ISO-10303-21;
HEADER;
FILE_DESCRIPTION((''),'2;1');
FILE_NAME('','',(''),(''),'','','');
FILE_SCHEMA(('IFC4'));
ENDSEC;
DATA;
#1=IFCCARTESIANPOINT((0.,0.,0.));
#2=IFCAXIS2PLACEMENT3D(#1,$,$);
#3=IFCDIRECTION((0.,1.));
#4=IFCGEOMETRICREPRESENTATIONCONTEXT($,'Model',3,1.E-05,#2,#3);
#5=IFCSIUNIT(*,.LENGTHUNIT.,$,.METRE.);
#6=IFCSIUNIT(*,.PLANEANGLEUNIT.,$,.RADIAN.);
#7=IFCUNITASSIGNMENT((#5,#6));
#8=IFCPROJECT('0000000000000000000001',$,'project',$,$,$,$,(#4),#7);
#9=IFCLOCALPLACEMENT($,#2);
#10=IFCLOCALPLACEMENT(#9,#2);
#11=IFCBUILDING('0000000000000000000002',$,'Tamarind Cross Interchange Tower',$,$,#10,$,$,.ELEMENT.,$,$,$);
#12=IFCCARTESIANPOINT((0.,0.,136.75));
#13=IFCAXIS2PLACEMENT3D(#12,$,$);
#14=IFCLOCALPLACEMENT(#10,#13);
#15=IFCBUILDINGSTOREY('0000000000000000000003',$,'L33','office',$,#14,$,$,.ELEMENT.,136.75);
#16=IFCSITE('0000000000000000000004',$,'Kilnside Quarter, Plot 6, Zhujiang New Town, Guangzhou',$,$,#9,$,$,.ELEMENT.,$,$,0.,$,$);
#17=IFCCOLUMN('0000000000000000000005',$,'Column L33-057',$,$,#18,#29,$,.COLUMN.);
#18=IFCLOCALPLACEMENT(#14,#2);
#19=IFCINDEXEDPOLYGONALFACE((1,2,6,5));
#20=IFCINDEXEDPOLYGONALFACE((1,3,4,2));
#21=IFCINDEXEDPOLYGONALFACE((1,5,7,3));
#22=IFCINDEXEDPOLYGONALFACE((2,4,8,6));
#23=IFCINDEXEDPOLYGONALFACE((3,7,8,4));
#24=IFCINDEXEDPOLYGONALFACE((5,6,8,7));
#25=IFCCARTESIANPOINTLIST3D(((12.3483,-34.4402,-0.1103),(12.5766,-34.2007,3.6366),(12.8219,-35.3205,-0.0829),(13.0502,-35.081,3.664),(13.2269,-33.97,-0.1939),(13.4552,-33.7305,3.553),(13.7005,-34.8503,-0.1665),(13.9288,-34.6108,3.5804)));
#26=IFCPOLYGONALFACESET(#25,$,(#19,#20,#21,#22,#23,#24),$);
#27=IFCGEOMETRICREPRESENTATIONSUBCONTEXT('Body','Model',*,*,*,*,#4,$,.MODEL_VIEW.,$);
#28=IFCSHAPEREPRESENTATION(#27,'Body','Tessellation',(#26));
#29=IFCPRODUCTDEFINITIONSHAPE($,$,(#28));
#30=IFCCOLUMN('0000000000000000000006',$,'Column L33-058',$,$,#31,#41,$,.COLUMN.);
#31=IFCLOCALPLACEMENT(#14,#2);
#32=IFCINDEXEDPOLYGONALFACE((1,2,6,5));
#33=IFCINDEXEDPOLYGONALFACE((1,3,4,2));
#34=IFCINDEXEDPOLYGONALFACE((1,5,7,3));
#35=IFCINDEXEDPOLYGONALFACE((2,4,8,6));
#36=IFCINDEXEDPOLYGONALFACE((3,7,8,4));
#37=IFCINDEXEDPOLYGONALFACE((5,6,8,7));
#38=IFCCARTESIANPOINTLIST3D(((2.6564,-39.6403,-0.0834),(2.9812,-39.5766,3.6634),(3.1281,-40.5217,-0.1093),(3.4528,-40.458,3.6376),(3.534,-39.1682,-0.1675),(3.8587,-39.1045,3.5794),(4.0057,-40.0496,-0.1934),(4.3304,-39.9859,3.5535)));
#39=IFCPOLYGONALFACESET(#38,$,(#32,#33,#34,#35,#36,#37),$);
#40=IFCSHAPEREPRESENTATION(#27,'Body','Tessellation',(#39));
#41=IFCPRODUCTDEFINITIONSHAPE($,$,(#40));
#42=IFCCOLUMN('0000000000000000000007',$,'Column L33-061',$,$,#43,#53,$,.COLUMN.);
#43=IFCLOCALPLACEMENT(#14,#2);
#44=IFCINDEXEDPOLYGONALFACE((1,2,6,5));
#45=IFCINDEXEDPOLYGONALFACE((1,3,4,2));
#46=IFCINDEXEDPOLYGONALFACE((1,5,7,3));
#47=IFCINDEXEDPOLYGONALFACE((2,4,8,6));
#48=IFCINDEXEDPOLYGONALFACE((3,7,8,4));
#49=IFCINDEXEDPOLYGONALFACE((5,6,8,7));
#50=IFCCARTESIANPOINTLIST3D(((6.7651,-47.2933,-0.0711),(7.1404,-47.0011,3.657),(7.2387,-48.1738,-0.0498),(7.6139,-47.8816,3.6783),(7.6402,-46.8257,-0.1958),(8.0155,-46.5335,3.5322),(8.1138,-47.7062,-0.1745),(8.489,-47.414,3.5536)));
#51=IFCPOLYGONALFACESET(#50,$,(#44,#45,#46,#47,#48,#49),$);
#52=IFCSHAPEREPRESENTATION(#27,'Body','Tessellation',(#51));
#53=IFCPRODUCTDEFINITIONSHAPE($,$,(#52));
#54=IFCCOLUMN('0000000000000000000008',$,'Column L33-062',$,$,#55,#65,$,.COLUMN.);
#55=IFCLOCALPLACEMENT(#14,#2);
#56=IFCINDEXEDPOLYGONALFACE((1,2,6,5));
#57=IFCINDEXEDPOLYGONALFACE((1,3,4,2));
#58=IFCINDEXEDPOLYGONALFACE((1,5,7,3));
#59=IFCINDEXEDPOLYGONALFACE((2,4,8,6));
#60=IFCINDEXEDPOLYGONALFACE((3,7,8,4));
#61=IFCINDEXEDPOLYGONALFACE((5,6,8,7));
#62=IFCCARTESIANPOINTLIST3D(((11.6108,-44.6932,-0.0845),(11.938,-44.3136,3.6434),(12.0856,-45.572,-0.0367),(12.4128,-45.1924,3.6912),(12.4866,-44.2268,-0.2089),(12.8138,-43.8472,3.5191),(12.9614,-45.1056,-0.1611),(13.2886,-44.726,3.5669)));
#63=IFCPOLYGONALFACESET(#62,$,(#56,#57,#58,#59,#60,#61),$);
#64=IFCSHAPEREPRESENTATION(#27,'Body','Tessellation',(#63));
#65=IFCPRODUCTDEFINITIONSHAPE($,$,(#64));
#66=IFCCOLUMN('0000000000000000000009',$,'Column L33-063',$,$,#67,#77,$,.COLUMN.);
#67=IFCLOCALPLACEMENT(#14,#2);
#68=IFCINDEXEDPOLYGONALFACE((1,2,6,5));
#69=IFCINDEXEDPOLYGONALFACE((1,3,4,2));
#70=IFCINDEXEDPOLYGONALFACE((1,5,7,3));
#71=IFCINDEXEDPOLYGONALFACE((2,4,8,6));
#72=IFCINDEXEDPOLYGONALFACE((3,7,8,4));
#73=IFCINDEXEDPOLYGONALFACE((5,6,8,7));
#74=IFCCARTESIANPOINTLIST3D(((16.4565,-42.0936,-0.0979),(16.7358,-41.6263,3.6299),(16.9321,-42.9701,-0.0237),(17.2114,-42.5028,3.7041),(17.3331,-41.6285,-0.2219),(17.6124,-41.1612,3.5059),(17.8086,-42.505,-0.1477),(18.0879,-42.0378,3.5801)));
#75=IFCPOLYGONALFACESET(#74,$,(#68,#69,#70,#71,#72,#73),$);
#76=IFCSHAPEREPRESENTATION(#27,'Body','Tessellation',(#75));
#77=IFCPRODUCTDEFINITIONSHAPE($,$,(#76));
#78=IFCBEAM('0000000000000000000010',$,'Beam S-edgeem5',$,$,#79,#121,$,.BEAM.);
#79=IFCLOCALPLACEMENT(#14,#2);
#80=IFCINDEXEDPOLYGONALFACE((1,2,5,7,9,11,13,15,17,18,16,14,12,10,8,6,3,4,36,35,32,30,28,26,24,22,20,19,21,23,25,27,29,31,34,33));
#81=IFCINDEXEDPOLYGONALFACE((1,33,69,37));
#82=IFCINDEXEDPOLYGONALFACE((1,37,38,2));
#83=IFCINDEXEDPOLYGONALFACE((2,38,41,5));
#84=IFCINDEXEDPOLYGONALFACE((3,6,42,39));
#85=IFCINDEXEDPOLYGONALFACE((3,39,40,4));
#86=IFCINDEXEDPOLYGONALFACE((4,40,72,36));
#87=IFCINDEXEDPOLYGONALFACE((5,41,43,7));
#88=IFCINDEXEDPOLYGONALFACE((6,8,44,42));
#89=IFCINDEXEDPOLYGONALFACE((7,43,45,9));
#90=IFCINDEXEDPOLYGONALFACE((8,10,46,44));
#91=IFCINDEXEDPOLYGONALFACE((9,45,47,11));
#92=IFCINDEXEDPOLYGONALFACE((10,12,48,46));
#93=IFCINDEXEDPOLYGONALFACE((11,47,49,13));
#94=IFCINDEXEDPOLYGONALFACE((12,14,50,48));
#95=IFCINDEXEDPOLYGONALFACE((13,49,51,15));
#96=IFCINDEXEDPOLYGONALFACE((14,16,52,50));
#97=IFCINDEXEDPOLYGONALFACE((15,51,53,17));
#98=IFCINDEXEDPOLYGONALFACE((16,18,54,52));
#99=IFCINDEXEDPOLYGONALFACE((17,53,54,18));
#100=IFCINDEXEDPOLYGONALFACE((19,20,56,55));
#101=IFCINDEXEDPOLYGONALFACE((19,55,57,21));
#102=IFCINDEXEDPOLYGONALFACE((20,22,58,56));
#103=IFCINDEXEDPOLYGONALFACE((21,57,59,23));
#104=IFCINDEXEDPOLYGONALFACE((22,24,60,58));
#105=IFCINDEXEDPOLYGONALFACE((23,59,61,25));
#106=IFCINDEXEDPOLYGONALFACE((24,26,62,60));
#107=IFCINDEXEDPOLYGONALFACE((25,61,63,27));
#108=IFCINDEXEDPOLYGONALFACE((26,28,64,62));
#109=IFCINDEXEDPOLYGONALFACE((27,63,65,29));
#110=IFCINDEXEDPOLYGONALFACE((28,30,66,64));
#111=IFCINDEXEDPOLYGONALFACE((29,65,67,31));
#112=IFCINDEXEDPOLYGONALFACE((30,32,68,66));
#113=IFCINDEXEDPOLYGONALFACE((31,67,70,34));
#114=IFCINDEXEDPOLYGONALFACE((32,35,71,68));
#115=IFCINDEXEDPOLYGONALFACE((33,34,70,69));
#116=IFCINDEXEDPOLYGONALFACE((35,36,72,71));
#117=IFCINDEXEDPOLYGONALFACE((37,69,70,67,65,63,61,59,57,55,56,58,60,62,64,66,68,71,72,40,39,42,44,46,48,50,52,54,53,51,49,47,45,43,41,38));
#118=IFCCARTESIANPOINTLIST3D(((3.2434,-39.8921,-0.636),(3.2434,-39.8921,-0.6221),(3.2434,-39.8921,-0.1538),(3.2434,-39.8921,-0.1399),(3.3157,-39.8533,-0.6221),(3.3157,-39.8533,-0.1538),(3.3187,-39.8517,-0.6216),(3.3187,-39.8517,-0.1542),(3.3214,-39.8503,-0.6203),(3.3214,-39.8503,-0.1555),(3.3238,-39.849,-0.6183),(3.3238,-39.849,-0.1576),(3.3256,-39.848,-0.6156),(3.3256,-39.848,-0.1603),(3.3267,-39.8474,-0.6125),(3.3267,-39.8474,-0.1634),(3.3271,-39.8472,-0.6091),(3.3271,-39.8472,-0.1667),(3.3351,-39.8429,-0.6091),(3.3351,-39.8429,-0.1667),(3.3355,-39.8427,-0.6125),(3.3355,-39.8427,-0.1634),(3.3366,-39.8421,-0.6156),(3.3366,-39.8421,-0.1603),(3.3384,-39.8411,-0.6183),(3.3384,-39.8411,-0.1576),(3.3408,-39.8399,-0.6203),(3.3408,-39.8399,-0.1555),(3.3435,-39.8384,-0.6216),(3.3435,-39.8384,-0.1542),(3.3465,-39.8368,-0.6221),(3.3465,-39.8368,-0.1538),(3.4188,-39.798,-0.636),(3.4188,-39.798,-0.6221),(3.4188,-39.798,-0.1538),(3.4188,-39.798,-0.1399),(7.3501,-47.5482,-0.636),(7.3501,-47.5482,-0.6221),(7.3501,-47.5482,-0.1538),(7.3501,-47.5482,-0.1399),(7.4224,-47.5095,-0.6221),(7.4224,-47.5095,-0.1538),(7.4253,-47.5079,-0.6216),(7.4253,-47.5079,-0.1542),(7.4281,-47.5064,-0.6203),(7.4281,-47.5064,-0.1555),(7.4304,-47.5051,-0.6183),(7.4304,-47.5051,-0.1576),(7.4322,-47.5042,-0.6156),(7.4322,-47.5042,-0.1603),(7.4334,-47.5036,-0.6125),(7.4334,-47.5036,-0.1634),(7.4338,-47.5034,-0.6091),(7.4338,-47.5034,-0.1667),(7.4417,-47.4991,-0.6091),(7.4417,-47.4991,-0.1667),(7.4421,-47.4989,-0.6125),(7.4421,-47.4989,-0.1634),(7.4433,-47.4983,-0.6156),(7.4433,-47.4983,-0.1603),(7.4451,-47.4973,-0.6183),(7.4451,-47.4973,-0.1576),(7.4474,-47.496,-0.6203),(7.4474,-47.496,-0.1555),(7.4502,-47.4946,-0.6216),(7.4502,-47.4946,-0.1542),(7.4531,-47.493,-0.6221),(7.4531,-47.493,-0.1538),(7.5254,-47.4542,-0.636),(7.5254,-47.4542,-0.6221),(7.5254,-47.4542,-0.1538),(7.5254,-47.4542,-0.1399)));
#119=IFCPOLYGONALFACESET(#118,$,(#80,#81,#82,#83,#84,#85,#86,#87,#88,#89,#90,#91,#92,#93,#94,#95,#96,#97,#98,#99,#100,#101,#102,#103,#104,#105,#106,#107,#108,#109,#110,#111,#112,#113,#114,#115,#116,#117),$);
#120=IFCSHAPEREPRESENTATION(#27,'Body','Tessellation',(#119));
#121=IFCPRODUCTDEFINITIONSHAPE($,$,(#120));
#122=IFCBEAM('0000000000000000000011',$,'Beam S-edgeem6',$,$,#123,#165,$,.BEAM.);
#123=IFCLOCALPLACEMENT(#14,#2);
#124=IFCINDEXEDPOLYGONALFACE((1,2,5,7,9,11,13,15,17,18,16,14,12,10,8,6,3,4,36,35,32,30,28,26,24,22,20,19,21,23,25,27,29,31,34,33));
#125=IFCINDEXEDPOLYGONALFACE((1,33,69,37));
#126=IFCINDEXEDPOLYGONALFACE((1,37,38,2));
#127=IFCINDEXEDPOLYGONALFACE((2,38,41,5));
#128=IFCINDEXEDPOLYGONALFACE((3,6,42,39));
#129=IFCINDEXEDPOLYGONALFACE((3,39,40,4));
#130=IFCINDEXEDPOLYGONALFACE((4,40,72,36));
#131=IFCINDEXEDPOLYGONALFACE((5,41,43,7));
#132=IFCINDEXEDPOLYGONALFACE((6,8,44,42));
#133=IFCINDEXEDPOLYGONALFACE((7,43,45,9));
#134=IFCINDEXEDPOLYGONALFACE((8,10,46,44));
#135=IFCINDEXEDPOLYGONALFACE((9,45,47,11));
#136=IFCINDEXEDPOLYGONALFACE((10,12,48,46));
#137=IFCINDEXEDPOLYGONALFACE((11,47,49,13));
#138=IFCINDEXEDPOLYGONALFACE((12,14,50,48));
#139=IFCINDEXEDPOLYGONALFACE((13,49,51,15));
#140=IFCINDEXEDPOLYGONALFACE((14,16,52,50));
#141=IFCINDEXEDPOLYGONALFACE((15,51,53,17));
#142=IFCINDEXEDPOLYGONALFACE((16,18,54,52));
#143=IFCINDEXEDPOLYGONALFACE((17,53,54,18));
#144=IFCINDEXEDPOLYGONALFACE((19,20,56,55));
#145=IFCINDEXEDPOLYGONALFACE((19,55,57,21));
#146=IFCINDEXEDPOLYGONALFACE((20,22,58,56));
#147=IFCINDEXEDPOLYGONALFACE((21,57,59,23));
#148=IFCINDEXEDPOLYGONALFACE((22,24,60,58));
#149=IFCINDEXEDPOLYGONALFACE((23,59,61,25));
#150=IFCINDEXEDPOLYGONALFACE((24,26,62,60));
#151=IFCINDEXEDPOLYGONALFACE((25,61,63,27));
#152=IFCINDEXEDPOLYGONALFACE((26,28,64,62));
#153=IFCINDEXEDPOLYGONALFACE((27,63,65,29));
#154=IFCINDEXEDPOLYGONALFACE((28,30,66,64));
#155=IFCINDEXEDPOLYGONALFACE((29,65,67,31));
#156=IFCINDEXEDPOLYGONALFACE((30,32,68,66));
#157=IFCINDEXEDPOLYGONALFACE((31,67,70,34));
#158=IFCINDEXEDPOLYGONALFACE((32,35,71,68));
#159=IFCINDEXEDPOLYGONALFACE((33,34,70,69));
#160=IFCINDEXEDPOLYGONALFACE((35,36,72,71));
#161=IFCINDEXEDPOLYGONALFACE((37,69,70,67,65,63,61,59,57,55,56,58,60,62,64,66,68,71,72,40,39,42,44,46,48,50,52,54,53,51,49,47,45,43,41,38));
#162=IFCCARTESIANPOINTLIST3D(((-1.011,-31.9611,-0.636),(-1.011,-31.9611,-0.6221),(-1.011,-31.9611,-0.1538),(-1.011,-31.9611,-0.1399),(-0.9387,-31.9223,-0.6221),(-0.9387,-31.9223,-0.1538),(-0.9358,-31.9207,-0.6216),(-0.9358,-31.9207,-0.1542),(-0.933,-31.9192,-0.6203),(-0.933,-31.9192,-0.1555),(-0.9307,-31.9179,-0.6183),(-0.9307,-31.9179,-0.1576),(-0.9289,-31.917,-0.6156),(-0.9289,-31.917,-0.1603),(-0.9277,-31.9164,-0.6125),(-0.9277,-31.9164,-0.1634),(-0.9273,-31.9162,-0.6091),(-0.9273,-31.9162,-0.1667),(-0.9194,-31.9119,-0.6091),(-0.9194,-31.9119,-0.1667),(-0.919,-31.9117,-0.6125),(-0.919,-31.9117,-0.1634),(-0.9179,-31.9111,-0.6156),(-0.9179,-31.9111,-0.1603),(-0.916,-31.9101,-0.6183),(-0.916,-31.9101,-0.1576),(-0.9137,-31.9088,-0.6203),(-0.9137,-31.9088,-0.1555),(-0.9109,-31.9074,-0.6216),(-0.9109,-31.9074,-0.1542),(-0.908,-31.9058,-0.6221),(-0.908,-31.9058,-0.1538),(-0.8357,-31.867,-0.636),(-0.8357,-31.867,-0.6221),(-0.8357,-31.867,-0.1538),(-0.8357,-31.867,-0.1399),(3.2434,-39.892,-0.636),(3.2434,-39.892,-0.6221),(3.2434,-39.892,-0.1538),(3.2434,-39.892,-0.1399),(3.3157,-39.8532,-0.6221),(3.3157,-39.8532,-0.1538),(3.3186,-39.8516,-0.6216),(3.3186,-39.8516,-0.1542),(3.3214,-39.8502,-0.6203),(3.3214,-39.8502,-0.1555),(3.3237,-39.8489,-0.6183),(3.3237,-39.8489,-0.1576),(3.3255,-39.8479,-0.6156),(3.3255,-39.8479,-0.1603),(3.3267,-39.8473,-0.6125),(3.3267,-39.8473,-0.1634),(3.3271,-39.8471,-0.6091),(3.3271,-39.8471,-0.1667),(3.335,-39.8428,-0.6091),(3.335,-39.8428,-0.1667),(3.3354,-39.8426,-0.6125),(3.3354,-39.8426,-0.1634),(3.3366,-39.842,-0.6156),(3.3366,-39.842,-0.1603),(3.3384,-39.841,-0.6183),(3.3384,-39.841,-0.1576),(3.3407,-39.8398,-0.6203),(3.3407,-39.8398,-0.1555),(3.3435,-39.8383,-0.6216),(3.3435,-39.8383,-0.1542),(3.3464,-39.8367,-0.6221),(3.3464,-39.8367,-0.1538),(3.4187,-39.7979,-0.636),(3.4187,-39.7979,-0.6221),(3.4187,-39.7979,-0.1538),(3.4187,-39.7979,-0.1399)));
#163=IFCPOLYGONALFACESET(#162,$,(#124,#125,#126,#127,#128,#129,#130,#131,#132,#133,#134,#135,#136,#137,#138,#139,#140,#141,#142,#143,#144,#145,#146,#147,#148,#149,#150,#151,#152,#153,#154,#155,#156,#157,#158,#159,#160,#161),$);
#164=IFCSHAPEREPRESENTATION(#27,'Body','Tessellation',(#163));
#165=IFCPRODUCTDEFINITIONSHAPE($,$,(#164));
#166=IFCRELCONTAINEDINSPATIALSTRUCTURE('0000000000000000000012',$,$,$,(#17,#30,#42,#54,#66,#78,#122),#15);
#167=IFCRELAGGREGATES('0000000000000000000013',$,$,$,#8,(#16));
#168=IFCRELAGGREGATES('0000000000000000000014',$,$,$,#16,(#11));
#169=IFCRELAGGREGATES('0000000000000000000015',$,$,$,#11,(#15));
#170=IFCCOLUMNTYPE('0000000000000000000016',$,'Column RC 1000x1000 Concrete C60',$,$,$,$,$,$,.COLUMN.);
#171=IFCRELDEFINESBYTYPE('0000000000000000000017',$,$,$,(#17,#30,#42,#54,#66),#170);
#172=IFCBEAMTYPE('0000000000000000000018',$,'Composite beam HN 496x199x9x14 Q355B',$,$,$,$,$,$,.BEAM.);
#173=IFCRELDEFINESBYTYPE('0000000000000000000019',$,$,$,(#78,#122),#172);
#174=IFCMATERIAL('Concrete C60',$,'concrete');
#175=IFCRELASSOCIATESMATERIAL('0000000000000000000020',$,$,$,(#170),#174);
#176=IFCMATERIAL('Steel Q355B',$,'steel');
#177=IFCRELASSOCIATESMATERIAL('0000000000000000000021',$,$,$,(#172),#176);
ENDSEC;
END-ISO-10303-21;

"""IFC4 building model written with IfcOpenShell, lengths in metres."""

from ifc_helpers import new_model, si_unit, direction, frame, origin, origin_2d, place, context, subcontext, project, spatial, rectangle, i_section, extrude, material, material_profile, profile_set, type_object, element, save


model = new_model("IFC4")

# Units and contexts
model_context = context("Model", 3, precision=1e-05, world=origin(), true_north=direction((0.0, 1.0)))
body_context = subcontext(model_context, "Body", "Model", "MODEL_VIEW")
ifc_project = project(units=[si_unit("LENGTHUNIT", "METRE"), si_unit("PLANEANGLEUNIT", "RADIAN")], contexts=[model_context])

# Site, building, storey
site_placement = place(None, origin())
site = spatial("IfcSite", under=ifc_project, at=site_placement, Name="Kilnside Quarter, Plot 6, Zhujiang New Town, Guangzhou", CompositionType="ELEMENT", RefElevation=0.0)
building_placement = place(site_placement, origin())
building = spatial("IfcBuilding", under=site, at=building_placement, Name="Tamarind Cross Interchange Tower", CompositionType="ELEMENT")
storey_placement = place(building_placement, frame((0.0, 0.0, 136.75)))
storey = spatial("IfcBuildingStorey", under=building, at=storey_placement, Name="L33", Description="office", CompositionType="ELEMENT", Elevation=136.75)

# Columns
ifc_material_1 = material(Name="Concrete C60", Category="concrete")
ifc_material_profile_1 = material_profile(ifc_material_1, rectangle(XDim=1.0, YDim=1.0, at=origin_2d()), Name="RC 1000x1000")
ifc_profile_set_1 = profile_set([ifc_material_profile_1], Name="Concrete C60")
column_type = type_object("IfcColumnType", Name="Column RC 1000x1000 Concrete C60", PredefinedType="COLUMN", material=ifc_profile_set_1)
for number, where, z_axis, x_axis, name in (
    (1, (13.0244, -34.6453, -0.1384), (0.060688, 0.063674, 0.996124), (-0.878627, -0.470138, 0.083581), "Column L33-057"),
    (2, (3.3311, -39.845, -0.1384), (0.086326, 0.016941, 0.996123), (-0.471688, 0.881385, 0.025888), "Column L33-058"),
):
    element("IfcColumn", number, at=place(storey_placement, frame(where, z_axis=z_axis, x_axis=x_axis)), inside=storey, type_object=column_type, Name=name, PredefinedType="COLUMN", context=body_context, shape_type="SweptSolid", body=[
        extrude(rectangle(XDim=1.0, YDim=1.0, at=origin_2d()), origin(), (0.0, 0.0, 1.0), 3.7615),
    ])
column_1_placement = place(storey_placement, frame((7.4395, -47.4998, -0.1228), z_axis=(0.099846, 0.077759, 0.99196), x_axis=(-0.875087, -0.467614, 0.124738)))
element("IfcColumn", 3, at=column_1_placement, inside=storey, type_object=column_type, Name="Column L33-061", PredefinedType="COLUMN", context=body_context, shape_type="SweptSolid", body=[
    extrude(rectangle(XDim=1.0, YDim=1.0, at=origin_2d()), origin(), (0.0, 0.0, 1.0), 3.7583),
])
column_2_placement = place(storey_placement, frame((12.2861, -44.8994, -0.1228), z_axis=(0.086971, 0.100926, 0.991085), x_axis=(-0.875796, -0.466388, 0.124348)))
element("IfcColumn", 4, at=column_2_placement, inside=storey, type_object=column_type, Name="Column L33-062", PredefinedType="COLUMN", context=body_context, shape_type="SweptSolid", body=[
    extrude(rectangle(XDim=1.0, YDim=1.0, at=origin_2d()), origin(), (0.0, 0.0, 1.0), 3.7615),
])
column_3_placement = place(storey_placement, frame((17.1326, -42.2993, -0.1228), z_axis=(0.074137, 0.124036, 0.989504), x_axis=(-0.876546, -0.465079, 0.123972)))
element("IfcColumn", 5, at=column_3_placement, inside=storey, type_object=column_type, Name="Column L33-063", PredefinedType="COLUMN", context=body_context, shape_type="SweptSolid", body=[
    extrude(rectangle(XDim=1.0, YDim=1.0, at=origin_2d()), origin(), (0.0, 0.0, 1.0), 3.7673),
])

# Beams
ifc_material_2 = material(Name="Steel Q355B", Category="steel")
ifc_material_profile_2 = material_profile(ifc_material_2, i_section(OverallWidth=0.199, OverallDepth=0.4961, WebThickness=0.009, FlangeThickness=0.0139, FilletRadius=0.0129, at=origin_2d()), Name="HN 496x199x9x14")
ifc_profile_set_2 = profile_set([ifc_material_profile_2], Name="Steel Q355B")
beam_type_1 = type_object("IfcBeamType", Name="Composite beam HN 496x199x9x14 Q355B", PredefinedType="BEAM", material=ifc_profile_set_2)
beam_1_placement = place(storey_placement, frame((7.4377, -47.5012, -0.3879), z_axis=(-0.47268, 0.881234, 0.0), x_axis=(-0.881234, -0.47268, 0.0)))
element("IfcBeam", 6, at=beam_1_placement, inside=storey, type_object=beam_type_1, Name="Beam S-edgeem5", PredefinedType="BEAM", context=body_context, shape_type="SweptSolid", body=[
    extrude(i_section(OverallWidth=0.199, OverallDepth=0.4961, WebThickness=0.009, FlangeThickness=0.0139, FilletRadius=0.0129, at=origin_2d()), origin(), (0.0, 0.0, 1.0), 8.688),
])
beam_2_placement = place(storey_placement, frame((3.3311, -39.845, -0.3879), z_axis=(-0.472713, 0.881216, 0.0), x_axis=(-0.881216, -0.472713, 0.0)))
element("IfcBeam", 7, at=beam_2_placement, inside=storey, type_object=beam_type_1, Name="Beam S-edgeem6", PredefinedType="BEAM", context=body_context, shape_type="SweptSolid", body=[
    extrude(i_section(OverallWidth=0.199, OverallDepth=0.4961, WebThickness=0.009, FlangeThickness=0.0139, FilletRadius=0.0129, at=origin_2d()), origin(), (0.0, 0.0, 1.0), 9.0),
])

save(model, "model.ifc")
